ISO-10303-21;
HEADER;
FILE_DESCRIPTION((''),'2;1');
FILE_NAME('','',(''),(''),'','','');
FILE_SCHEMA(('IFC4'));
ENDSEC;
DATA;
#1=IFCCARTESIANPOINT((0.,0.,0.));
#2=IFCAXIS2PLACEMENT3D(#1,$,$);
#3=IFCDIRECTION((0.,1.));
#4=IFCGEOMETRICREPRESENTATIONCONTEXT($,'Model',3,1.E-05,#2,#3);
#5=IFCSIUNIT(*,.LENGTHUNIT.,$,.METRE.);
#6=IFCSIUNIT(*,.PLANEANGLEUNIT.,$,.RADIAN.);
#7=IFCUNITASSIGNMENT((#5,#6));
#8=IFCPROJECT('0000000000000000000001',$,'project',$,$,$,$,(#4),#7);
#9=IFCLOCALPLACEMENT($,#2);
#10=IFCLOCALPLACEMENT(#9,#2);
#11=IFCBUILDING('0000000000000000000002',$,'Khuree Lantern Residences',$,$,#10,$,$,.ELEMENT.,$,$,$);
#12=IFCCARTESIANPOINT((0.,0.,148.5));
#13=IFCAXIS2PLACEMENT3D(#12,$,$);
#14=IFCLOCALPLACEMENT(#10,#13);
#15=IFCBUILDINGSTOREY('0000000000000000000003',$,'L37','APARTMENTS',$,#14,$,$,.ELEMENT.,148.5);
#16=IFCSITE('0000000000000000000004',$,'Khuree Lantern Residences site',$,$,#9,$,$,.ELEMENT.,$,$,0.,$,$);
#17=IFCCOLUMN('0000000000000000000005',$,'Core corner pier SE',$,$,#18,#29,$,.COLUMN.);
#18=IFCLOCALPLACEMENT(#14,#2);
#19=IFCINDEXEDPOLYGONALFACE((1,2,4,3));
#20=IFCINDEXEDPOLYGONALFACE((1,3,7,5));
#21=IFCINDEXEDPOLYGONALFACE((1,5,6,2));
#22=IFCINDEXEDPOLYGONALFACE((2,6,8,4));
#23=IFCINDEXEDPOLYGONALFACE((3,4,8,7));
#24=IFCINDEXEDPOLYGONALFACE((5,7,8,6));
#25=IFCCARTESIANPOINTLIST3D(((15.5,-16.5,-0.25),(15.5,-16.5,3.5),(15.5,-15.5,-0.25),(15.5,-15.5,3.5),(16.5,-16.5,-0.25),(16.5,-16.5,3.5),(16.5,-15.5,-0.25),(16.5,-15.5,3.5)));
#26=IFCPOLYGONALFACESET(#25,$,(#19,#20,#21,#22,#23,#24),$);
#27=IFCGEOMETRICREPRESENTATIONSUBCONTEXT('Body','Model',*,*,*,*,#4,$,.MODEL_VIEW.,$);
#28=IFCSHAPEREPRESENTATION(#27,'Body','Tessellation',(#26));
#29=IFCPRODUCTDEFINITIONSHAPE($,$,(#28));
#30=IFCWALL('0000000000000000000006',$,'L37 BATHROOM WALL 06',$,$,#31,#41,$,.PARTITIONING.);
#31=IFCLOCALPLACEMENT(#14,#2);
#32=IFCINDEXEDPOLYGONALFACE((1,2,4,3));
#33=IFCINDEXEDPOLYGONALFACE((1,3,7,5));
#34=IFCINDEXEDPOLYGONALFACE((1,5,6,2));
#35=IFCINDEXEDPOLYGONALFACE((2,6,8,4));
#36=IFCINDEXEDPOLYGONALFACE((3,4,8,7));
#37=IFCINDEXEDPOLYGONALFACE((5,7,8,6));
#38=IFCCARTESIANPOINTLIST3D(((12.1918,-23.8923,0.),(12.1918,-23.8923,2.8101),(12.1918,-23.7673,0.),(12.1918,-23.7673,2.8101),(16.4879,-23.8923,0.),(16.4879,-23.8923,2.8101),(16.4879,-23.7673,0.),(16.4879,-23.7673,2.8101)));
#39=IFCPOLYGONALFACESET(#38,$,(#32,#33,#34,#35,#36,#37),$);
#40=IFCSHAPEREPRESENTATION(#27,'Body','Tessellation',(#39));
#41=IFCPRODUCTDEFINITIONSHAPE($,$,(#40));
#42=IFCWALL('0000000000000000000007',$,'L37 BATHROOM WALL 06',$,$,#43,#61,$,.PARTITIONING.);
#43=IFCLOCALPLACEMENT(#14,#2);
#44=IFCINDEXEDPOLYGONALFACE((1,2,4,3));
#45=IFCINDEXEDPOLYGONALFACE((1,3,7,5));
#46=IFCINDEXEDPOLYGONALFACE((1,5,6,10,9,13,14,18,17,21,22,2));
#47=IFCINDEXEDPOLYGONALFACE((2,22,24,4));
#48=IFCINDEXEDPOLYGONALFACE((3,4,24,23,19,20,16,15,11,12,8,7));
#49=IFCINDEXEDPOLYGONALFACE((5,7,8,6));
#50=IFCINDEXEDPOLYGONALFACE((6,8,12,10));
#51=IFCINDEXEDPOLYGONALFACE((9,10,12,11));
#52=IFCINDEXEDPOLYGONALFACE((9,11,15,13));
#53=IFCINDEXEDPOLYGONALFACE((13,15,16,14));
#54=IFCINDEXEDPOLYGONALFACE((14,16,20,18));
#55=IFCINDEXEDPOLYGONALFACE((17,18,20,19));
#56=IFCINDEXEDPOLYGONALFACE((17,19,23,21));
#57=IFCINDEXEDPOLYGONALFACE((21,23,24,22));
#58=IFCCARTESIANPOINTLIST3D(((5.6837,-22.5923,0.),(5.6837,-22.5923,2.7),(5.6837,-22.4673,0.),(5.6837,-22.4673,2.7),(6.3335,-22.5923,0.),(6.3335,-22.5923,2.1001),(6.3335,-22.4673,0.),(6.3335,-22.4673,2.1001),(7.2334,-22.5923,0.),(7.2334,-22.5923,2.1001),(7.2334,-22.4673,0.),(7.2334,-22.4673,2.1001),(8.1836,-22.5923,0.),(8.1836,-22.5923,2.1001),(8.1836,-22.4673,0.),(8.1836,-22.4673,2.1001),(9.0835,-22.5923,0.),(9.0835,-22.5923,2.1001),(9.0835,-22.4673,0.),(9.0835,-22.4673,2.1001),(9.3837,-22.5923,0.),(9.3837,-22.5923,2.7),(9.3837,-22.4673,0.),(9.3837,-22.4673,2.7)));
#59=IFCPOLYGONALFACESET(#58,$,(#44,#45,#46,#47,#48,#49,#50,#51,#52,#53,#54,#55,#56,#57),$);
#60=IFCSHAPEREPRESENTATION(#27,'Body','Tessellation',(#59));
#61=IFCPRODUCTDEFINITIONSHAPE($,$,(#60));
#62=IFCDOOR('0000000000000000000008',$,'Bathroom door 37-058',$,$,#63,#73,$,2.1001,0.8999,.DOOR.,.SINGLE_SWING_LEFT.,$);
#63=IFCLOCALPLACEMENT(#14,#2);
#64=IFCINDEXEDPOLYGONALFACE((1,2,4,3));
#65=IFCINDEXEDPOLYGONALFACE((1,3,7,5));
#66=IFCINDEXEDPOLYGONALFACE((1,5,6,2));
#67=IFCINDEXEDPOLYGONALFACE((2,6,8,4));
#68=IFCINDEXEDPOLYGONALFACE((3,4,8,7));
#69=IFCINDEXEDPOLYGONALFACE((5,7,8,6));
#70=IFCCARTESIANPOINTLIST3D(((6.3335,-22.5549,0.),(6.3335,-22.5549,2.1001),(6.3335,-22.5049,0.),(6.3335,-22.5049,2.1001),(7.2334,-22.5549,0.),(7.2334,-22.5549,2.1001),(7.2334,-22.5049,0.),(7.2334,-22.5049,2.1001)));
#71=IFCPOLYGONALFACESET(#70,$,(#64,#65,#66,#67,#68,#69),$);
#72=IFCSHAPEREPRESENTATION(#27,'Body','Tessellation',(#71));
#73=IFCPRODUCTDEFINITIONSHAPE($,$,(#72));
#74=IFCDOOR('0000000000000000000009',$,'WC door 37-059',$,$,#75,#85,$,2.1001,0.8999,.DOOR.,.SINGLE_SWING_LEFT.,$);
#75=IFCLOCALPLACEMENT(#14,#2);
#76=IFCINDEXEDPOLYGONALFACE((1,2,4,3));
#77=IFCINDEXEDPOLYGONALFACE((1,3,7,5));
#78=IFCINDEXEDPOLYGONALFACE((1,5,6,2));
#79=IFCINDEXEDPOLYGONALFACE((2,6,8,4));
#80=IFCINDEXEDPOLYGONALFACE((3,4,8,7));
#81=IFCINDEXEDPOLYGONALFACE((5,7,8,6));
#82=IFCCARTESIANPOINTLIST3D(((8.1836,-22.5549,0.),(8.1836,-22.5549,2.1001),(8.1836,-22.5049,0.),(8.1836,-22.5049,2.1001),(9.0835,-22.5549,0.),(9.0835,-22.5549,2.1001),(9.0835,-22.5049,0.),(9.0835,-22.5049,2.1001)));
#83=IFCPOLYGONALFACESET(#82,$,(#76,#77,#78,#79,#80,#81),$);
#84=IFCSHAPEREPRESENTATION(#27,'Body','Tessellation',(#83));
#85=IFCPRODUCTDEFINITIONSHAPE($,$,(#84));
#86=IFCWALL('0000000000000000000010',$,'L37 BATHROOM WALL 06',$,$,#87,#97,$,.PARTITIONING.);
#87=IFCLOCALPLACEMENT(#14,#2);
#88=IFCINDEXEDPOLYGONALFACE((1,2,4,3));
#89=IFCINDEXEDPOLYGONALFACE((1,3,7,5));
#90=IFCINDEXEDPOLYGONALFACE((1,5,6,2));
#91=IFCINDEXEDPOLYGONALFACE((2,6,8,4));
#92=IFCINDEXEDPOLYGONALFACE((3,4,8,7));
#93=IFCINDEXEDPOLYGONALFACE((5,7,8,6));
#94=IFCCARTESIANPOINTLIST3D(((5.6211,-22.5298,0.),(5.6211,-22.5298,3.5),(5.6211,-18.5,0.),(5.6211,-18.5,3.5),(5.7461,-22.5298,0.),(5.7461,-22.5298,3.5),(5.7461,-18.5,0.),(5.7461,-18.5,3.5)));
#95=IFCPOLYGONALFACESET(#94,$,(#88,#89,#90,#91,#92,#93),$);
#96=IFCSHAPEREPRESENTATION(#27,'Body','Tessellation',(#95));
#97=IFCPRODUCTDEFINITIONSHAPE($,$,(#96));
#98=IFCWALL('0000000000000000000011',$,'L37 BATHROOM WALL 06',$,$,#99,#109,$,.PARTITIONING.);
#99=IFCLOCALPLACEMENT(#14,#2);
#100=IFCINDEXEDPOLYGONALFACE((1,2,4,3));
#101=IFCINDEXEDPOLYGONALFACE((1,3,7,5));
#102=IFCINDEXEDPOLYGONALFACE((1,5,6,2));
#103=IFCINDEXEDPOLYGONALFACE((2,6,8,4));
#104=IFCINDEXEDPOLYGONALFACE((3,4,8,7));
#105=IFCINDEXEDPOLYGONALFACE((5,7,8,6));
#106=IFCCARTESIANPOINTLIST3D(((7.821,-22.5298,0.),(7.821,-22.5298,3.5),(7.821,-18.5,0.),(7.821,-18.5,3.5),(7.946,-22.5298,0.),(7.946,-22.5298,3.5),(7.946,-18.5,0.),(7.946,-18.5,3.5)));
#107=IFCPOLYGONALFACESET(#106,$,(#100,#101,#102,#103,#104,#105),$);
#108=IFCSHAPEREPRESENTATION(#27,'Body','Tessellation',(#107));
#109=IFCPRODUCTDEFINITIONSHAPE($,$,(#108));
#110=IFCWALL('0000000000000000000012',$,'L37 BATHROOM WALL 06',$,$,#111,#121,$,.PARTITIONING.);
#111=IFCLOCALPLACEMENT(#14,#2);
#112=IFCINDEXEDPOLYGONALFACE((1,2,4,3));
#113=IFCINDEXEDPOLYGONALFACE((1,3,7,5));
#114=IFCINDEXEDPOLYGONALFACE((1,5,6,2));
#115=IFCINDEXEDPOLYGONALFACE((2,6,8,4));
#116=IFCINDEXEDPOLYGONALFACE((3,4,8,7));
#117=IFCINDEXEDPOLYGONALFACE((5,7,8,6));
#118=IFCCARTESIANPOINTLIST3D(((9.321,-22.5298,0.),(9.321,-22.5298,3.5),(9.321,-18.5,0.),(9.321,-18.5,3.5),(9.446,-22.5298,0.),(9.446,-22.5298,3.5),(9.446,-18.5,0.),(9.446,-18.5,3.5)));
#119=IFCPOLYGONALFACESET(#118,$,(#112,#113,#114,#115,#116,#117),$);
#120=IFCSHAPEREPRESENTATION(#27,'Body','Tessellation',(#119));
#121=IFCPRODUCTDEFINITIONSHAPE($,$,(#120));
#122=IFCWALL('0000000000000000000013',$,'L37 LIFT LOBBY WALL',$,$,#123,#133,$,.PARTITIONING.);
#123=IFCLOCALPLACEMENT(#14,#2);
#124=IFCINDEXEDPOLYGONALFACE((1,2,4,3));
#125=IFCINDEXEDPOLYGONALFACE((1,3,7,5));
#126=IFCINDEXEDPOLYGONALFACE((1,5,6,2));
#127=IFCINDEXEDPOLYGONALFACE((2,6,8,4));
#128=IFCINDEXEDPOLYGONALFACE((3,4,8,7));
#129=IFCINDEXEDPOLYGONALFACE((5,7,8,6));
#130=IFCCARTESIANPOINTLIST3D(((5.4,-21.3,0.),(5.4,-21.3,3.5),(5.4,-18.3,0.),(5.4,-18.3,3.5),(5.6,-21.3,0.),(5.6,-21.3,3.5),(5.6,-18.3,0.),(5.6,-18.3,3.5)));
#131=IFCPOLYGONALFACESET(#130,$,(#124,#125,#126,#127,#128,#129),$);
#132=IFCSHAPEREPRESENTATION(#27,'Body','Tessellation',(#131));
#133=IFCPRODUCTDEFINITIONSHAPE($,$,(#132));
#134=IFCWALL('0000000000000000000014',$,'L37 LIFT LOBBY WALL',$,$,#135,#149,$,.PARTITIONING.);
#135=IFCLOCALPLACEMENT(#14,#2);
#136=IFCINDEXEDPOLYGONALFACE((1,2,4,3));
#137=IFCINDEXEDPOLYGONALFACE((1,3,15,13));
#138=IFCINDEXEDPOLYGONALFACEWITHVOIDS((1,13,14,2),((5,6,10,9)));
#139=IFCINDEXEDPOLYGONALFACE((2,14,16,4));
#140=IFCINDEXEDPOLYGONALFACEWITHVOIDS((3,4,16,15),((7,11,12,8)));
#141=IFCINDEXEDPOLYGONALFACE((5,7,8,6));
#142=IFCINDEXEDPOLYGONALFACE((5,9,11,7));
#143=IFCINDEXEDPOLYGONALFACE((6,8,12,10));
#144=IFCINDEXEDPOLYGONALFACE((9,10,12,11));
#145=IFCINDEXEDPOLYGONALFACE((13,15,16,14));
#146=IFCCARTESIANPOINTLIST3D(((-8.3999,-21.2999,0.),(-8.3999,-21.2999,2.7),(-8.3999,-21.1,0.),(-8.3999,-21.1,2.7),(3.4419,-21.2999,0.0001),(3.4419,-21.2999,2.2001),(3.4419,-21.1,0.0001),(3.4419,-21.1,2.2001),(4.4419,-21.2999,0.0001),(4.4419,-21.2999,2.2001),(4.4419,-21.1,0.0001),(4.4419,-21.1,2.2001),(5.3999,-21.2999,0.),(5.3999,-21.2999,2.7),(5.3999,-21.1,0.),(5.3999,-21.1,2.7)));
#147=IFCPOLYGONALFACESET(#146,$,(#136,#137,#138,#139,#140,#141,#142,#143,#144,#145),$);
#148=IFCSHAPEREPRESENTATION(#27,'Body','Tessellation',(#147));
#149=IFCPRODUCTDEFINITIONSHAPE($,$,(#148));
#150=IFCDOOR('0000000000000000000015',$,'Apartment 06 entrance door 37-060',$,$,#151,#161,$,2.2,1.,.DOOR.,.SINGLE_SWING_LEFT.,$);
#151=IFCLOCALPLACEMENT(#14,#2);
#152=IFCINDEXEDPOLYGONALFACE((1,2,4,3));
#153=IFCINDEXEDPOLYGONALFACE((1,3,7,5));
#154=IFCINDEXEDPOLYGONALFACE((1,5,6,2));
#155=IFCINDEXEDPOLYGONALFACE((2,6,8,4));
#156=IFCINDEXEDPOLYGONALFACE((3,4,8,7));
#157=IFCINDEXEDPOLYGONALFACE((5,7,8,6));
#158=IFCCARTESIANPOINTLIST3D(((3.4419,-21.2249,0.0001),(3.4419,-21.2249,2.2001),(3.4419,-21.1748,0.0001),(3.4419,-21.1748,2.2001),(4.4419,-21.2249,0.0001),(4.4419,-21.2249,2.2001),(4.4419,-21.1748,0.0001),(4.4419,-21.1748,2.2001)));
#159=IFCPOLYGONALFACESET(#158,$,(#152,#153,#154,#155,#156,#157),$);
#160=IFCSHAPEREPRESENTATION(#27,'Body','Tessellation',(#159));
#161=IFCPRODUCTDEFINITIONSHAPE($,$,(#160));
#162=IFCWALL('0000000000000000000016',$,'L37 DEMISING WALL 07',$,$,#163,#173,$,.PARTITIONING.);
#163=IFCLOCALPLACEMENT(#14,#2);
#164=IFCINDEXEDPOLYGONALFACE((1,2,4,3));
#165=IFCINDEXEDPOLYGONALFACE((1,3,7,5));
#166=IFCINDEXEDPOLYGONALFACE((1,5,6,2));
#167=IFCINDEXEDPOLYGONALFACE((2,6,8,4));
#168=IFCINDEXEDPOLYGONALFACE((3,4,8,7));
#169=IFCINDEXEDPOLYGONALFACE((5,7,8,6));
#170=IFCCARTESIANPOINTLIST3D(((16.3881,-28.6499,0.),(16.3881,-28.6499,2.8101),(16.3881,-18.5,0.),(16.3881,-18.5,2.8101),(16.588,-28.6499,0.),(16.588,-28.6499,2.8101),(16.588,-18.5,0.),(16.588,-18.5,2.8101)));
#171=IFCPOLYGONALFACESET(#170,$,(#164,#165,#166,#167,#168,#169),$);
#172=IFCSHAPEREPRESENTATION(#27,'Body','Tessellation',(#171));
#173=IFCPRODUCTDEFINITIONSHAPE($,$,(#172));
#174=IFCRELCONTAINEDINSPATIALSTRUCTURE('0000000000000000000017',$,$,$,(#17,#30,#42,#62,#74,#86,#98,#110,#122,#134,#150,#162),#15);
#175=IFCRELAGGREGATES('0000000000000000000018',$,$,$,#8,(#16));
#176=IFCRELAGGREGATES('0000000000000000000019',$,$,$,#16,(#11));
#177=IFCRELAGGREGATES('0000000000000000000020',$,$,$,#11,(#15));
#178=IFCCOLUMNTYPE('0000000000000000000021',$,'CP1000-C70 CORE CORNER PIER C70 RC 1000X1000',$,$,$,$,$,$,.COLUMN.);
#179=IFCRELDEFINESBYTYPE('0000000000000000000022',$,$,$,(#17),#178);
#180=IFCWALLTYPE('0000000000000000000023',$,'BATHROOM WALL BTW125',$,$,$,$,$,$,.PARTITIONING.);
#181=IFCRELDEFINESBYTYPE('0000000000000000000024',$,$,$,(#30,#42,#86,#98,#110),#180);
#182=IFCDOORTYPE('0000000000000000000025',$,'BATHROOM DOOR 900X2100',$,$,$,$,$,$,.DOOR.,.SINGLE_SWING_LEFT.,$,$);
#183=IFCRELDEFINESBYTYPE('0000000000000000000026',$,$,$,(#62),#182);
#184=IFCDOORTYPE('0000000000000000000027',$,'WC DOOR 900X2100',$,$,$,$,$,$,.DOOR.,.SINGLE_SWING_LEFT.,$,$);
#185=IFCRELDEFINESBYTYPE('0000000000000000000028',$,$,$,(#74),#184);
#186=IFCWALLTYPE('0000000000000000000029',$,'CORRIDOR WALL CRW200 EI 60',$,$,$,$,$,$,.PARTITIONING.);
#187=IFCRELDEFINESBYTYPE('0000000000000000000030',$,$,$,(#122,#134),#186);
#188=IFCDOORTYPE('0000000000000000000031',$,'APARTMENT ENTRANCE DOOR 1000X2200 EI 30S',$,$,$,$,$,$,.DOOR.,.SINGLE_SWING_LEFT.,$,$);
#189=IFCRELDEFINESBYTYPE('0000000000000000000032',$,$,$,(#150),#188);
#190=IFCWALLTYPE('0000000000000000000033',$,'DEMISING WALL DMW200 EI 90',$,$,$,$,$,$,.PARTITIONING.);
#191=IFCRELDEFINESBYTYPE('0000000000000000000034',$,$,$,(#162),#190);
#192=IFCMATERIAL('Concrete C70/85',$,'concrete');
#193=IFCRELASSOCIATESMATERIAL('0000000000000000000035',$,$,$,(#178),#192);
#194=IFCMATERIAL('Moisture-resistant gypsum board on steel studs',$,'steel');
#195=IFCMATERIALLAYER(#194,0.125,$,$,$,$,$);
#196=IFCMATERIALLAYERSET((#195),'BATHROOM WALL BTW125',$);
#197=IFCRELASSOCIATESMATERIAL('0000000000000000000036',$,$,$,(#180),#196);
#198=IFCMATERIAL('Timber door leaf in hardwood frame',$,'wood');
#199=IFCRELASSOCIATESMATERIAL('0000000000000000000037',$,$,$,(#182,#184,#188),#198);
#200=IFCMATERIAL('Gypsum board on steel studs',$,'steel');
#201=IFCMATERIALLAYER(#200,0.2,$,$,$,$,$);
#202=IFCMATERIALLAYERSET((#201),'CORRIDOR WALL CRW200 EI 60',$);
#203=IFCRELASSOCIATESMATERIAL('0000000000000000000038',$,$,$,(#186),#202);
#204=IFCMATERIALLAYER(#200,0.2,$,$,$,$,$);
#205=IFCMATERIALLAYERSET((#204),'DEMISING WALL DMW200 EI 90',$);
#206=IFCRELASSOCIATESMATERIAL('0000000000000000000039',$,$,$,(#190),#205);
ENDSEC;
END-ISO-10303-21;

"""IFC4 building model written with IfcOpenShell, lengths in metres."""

from ifc_helpers import new_model, si_unit, direction, frame, frame_2d, origin, origin_2d, place, context, subcontext, project, spatial, rectangle, extrude, material, layer, layer_set, material_profile, profile_set, type_object, element, fill, save


model = new_model("IFC4")

# Units and contexts
model_context = context("Model", 3, precision=1e-05, world=origin(), true_north=direction((0.0, 1.0)))
body_context = subcontext(model_context, "Body", "Model", "MODEL_VIEW")
ifc_project = project(units=[si_unit("LENGTHUNIT", "METRE"), si_unit("PLANEANGLEUNIT", "RADIAN")], contexts=[model_context])

# Site, building, storey
site_placement = place(None, origin())
site = spatial("IfcSite", under=ifc_project, at=site_placement, Name="Khuree Lantern Residences site", CompositionType="ELEMENT", RefElevation=0.0)
building_placement = place(site_placement, origin())
building = spatial("IfcBuilding", under=site, at=building_placement, Name="Khuree Lantern Residences", CompositionType="ELEMENT")
storey_placement = place(building_placement, frame((0.0, 0.0, 148.5)))
storey = spatial("IfcBuildingStorey", under=building, at=storey_placement, Name="L37", Description="APARTMENTS", CompositionType="ELEMENT", Elevation=148.5)

# Column
ifc_material_1 = material(Name="Concrete C70/85", Category="concrete")
ifc_material_profile = material_profile(ifc_material_1, rectangle(XDim=1.0, YDim=1.0, at=origin_2d()), Name="RC 1000X1000")
ifc_profile_set = profile_set([ifc_material_profile], Name="Concrete C70/85")
column_type = type_object("IfcColumnType", Name="CP1000-C70 CORE CORNER PIER C70 RC 1000X1000", PredefinedType="COLUMN", material=ifc_profile_set)
column_placement = place(storey_placement, frame((16.0, -16.0, -0.25), z_axis=(0.0, 0.0, 1.0), x_axis=(1.0, 0.0, 0.0)))
element("IfcColumn", 1, at=column_placement, inside=storey, type_object=column_type, Name="Core corner pier SE", PredefinedType="COLUMN", context=body_context, shape_type="SweptSolid", body=[
    extrude(rectangle(XDim=1.0, YDim=1.0, at=origin_2d()), origin(), (0.0, 0.0, 1.0), 3.75),
])

# Wall
ifc_material_2 = material(Name="Moisture-resistant gypsum board on steel studs", Category="steel")
ifc_layer_1 = layer(ifc_material_2, 0.125)
ifc_layer_set_1 = layer_set([ifc_layer_1], Name="BATHROOM WALL BTW125")
wall_type_1 = type_object("IfcWallType", Name="BATHROOM WALL BTW125", PredefinedType="PARTITIONING", material=ifc_layer_set_1)
wall_1_placement = place(storey_placement, frame((12.1919, -23.8298, 0.0), z_axis=(0.0, 0.0, 1.0), x_axis=(1.0, 0.0, 0.0)))
element("IfcWall", 2, at=wall_1_placement, inside=storey, type_object=wall_type_1, Name="L37 BATHROOM WALL 06", PredefinedType="PARTITIONING", context=body_context, shape_type="SweptSolid", body=[
    extrude(rectangle(XDim=4.2961, YDim=0.125, at=frame_2d((2.1479, 0.0))), origin(), (0.0, 0.0, 1.0), 2.8101),
])

# Wall, openings, doors
wall_2_placement = place(storey_placement, frame((5.6836, -22.5298, 0.0), z_axis=(0.0, 0.0, 1.0), x_axis=(1.0, 0.0, 0.0)))
wall_2 = element("IfcWall", 3, at=wall_2_placement, inside=storey, type_object=wall_type_1, Name="L37 BATHROOM WALL 06", PredefinedType="PARTITIONING", context=body_context, shape_type="SweptSolid", body=[
    extrude(rectangle(XDim=3.7, YDim=0.125, at=frame_2d((1.8501, 0.0))), origin(), (0.0, 0.0, 1.0), 2.7),
])
opening_1_placement = place(wall_2_placement, frame((0.6499, 0.0, 0.0)))
opening_1 = element("IfcOpeningElement", 4, at=opening_1_placement, cuts=wall_2, PredefinedType="OPENING", context=body_context, shape_type="SweptSolid", body=[
    extrude(rectangle(XDim=0.8999, YDim=2.1001, at=frame_2d((0.45, 1.05))), frame((0.0, 0.0725, 0.0), z_axis=(0.0, -1.0, 0.0), x_axis=(1.0, 0.0, 0.0)), (0.0, 0.0, 1.0), 0.145),
])
opening_2_placement = place(wall_2_placement, frame((2.5, 0.0, 0.0)))
opening_2 = element("IfcOpeningElement", 5, at=opening_2_placement, cuts=wall_2, PredefinedType="OPENING", context=body_context, shape_type="SweptSolid", body=[
    extrude(rectangle(XDim=0.8999, YDim=2.1001, at=frame_2d((0.45, 1.05))), frame((0.0, 0.0725, 0.0), z_axis=(0.0, -1.0, 0.0), x_axis=(1.0, 0.0, 0.0)), (0.0, 0.0, 1.0), 0.145),
])
ifc_material_3 = material(Name="Timber door leaf in hardwood frame", Category="wood")
door_type_1 = type_object("IfcDoorType", Name="BATHROOM DOOR 900X2100", OperationType="SINGLE_SWING_LEFT", PredefinedType="DOOR", material=ifc_material_3)
door_1_placement = place(opening_1_placement, origin())
door_1 = element("IfcDoor", 6, at=door_1_placement, inside=storey, type_object=door_type_1, Name="Bathroom door 37-058", OperationType="SINGLE_SWING_LEFT", OverallHeight=2.1001, OverallWidth=0.8999, PredefinedType="DOOR", context=body_context, shape_type="SweptSolid", body=[
    extrude(rectangle(XDim=0.8999, YDim=2.1001, at=frame_2d((0.45, 1.05))), frame((0.0, 0.0249, 0.0), z_axis=(0.0, -1.0, 0.0), x_axis=(1.0, 0.0, 0.0)), (0.0, 0.0, 1.0), 0.05),
])
fill(opening_1, door_1)
door_type_2 = type_object("IfcDoorType", Name="WC DOOR 900X2100", OperationType="SINGLE_SWING_LEFT", PredefinedType="DOOR", material=ifc_material_3)
door_2_placement = place(opening_2_placement, origin())
door_2 = element("IfcDoor", 7, at=door_2_placement, inside=storey, type_object=door_type_2, Name="WC door 37-059", OperationType="SINGLE_SWING_LEFT", OverallHeight=2.1001, OverallWidth=0.8999, PredefinedType="DOOR", context=body_context, shape_type="SweptSolid", body=[
    extrude(rectangle(XDim=0.8999, YDim=2.1001, at=frame_2d((0.45, 1.05))), frame((0.0, 0.0249, 0.0), z_axis=(0.0, -1.0, 0.0), x_axis=(1.0, 0.0, 0.0)), (0.0, 0.0, 1.0), 0.05),
])
fill(opening_2, door_2)

# Walls
for number, where, z_axis, x_axis, name in (
    (8, (5.6836, -18.5, 0.0), (0.0, 0.0, 1.0), (0.0, -1.0, 0.0), "L37 BATHROOM WALL 06"),
    (9, (7.8835, -18.5, 0.0), (0.0, 0.0, 1.0), (0.0, -1.0, 0.0), "L37 BATHROOM WALL 06"),
    (10, (9.3835, -18.5, 0.0), (0.0, 0.0, 1.0), (0.0, -1.0, 0.0), "L37 BATHROOM WALL 06"),
):
    element("IfcWall", number, at=place(storey_placement, frame(where, z_axis=z_axis, x_axis=x_axis)), inside=storey, type_object=wall_type_1, Name=name, PredefinedType="PARTITIONING", context=body_context, shape_type="SweptSolid", body=[
        extrude(rectangle(XDim=4.0298, YDim=0.125, at=frame_2d((2.0149, 0.0))), origin(), (0.0, 0.0, 1.0), 3.5),
    ])
ifc_material_4 = material(Name="Gypsum board on steel studs", Category="steel")
ifc_layer_2 = layer(ifc_material_4, 0.2)
ifc_layer_set_2 = layer_set([ifc_layer_2], Name="CORRIDOR WALL CRW200 EI 60")
wall_type_2 = type_object("IfcWallType", Name="CORRIDOR WALL CRW200 EI 60", PredefinedType="PARTITIONING", material=ifc_layer_set_2)
wall_3_placement = place(storey_placement, frame((5.5, -18.3, 0.0), z_axis=(0.0, 0.0, 1.0), x_axis=(0.0, -1.0, 0.0)))
element("IfcWall", 11, at=wall_3_placement, inside=storey, type_object=wall_type_2, Name="L37 LIFT LOBBY WALL", PredefinedType="PARTITIONING", context=body_context, shape_type="SweptSolid", body=[
    extrude(rectangle(XDim=3.0, YDim=0.2, at=frame_2d((1.5, 0.0))), origin(), (0.0, 0.0, 1.0), 3.5),
])

# Wall, opening, door
wall_4_placement = place(storey_placement, frame((5.3999, -21.2, 0.0), z_axis=(0.0, 0.0, 1.0), x_axis=(-1.0, 0.0, 0.0)))
wall_4 = element("IfcWall", 12, at=wall_4_placement, inside=storey, type_object=wall_type_2, Name="L37 LIFT LOBBY WALL", PredefinedType="PARTITIONING", context=body_context, shape_type="SweptSolid", body=[
    extrude(rectangle(XDim=13.7998, YDim=0.2, at=frame_2d((6.8999, 0.0))), origin(), (0.0, 0.0, 1.0), 2.7),
])
opening_3_placement = place(wall_4_placement, frame((0.958, 0.0, 0.0)))
opening_3 = element("IfcOpeningElement", 13, at=opening_3_placement, cuts=wall_4, PredefinedType="OPENING", context=body_context, shape_type="SweptSolid", body=[
    extrude(rectangle(XDim=1.0, YDim=2.2, at=frame_2d((0.5, 1.1001))), frame((0.0, 0.1099, 0.0), z_axis=(0.0, -1.0, 0.0), x_axis=(1.0, 0.0, 0.0)), (0.0, 0.0, 1.0), 0.22),
])
door_type_3 = type_object("IfcDoorType", Name="APARTMENT ENTRANCE DOOR 1000X2200 EI 30S", OperationType="SINGLE_SWING_LEFT", PredefinedType="DOOR", material=ifc_material_3)
door_3_placement = place(opening_3_placement, origin())
door_3 = element("IfcDoor", 14, at=door_3_placement, inside=storey, type_object=door_type_3, Name="Apartment 06 entrance door 37-060", OperationType="SINGLE_SWING_LEFT", OverallHeight=2.2, OverallWidth=1.0, PredefinedType="DOOR", context=body_context, shape_type="SweptSolid", body=[
    extrude(rectangle(XDim=1.0, YDim=2.2, at=frame_2d((0.5, 1.1001))), frame((0.0, 0.0249, 0.0), z_axis=(0.0, -1.0, 0.0), x_axis=(1.0, 0.0, 0.0)), (0.0, 0.0, 1.0), 0.05),
])
fill(opening_3, door_3)

# Wall
ifc_layer_3 = layer(ifc_material_4, 0.2)
ifc_layer_set_3 = layer_set([ifc_layer_3], Name="DEMISING WALL DMW200 EI 90")
wall_type_3 = type_object("IfcWallType", Name="DEMISING WALL DMW200 EI 90", PredefinedType="PARTITIONING", material=ifc_layer_set_3)
wall_5_placement = place(storey_placement, frame((16.488, -18.5, 0.0), z_axis=(0.0, 0.0, 1.0), x_axis=(0.0, -1.0, 0.0)))
element("IfcWall", 15, at=wall_5_placement, inside=storey, type_object=wall_type_3, Name="L37 DEMISING WALL 07", PredefinedType="PARTITIONING", context=body_context, shape_type="SweptSolid", body=[
    extrude(rectangle(XDim=10.1499, YDim=0.2, at=frame_2d((5.075, 0.0))), origin(), (0.0, 0.0, 1.0), 2.8101),
])

save(model, "model.ifc")
